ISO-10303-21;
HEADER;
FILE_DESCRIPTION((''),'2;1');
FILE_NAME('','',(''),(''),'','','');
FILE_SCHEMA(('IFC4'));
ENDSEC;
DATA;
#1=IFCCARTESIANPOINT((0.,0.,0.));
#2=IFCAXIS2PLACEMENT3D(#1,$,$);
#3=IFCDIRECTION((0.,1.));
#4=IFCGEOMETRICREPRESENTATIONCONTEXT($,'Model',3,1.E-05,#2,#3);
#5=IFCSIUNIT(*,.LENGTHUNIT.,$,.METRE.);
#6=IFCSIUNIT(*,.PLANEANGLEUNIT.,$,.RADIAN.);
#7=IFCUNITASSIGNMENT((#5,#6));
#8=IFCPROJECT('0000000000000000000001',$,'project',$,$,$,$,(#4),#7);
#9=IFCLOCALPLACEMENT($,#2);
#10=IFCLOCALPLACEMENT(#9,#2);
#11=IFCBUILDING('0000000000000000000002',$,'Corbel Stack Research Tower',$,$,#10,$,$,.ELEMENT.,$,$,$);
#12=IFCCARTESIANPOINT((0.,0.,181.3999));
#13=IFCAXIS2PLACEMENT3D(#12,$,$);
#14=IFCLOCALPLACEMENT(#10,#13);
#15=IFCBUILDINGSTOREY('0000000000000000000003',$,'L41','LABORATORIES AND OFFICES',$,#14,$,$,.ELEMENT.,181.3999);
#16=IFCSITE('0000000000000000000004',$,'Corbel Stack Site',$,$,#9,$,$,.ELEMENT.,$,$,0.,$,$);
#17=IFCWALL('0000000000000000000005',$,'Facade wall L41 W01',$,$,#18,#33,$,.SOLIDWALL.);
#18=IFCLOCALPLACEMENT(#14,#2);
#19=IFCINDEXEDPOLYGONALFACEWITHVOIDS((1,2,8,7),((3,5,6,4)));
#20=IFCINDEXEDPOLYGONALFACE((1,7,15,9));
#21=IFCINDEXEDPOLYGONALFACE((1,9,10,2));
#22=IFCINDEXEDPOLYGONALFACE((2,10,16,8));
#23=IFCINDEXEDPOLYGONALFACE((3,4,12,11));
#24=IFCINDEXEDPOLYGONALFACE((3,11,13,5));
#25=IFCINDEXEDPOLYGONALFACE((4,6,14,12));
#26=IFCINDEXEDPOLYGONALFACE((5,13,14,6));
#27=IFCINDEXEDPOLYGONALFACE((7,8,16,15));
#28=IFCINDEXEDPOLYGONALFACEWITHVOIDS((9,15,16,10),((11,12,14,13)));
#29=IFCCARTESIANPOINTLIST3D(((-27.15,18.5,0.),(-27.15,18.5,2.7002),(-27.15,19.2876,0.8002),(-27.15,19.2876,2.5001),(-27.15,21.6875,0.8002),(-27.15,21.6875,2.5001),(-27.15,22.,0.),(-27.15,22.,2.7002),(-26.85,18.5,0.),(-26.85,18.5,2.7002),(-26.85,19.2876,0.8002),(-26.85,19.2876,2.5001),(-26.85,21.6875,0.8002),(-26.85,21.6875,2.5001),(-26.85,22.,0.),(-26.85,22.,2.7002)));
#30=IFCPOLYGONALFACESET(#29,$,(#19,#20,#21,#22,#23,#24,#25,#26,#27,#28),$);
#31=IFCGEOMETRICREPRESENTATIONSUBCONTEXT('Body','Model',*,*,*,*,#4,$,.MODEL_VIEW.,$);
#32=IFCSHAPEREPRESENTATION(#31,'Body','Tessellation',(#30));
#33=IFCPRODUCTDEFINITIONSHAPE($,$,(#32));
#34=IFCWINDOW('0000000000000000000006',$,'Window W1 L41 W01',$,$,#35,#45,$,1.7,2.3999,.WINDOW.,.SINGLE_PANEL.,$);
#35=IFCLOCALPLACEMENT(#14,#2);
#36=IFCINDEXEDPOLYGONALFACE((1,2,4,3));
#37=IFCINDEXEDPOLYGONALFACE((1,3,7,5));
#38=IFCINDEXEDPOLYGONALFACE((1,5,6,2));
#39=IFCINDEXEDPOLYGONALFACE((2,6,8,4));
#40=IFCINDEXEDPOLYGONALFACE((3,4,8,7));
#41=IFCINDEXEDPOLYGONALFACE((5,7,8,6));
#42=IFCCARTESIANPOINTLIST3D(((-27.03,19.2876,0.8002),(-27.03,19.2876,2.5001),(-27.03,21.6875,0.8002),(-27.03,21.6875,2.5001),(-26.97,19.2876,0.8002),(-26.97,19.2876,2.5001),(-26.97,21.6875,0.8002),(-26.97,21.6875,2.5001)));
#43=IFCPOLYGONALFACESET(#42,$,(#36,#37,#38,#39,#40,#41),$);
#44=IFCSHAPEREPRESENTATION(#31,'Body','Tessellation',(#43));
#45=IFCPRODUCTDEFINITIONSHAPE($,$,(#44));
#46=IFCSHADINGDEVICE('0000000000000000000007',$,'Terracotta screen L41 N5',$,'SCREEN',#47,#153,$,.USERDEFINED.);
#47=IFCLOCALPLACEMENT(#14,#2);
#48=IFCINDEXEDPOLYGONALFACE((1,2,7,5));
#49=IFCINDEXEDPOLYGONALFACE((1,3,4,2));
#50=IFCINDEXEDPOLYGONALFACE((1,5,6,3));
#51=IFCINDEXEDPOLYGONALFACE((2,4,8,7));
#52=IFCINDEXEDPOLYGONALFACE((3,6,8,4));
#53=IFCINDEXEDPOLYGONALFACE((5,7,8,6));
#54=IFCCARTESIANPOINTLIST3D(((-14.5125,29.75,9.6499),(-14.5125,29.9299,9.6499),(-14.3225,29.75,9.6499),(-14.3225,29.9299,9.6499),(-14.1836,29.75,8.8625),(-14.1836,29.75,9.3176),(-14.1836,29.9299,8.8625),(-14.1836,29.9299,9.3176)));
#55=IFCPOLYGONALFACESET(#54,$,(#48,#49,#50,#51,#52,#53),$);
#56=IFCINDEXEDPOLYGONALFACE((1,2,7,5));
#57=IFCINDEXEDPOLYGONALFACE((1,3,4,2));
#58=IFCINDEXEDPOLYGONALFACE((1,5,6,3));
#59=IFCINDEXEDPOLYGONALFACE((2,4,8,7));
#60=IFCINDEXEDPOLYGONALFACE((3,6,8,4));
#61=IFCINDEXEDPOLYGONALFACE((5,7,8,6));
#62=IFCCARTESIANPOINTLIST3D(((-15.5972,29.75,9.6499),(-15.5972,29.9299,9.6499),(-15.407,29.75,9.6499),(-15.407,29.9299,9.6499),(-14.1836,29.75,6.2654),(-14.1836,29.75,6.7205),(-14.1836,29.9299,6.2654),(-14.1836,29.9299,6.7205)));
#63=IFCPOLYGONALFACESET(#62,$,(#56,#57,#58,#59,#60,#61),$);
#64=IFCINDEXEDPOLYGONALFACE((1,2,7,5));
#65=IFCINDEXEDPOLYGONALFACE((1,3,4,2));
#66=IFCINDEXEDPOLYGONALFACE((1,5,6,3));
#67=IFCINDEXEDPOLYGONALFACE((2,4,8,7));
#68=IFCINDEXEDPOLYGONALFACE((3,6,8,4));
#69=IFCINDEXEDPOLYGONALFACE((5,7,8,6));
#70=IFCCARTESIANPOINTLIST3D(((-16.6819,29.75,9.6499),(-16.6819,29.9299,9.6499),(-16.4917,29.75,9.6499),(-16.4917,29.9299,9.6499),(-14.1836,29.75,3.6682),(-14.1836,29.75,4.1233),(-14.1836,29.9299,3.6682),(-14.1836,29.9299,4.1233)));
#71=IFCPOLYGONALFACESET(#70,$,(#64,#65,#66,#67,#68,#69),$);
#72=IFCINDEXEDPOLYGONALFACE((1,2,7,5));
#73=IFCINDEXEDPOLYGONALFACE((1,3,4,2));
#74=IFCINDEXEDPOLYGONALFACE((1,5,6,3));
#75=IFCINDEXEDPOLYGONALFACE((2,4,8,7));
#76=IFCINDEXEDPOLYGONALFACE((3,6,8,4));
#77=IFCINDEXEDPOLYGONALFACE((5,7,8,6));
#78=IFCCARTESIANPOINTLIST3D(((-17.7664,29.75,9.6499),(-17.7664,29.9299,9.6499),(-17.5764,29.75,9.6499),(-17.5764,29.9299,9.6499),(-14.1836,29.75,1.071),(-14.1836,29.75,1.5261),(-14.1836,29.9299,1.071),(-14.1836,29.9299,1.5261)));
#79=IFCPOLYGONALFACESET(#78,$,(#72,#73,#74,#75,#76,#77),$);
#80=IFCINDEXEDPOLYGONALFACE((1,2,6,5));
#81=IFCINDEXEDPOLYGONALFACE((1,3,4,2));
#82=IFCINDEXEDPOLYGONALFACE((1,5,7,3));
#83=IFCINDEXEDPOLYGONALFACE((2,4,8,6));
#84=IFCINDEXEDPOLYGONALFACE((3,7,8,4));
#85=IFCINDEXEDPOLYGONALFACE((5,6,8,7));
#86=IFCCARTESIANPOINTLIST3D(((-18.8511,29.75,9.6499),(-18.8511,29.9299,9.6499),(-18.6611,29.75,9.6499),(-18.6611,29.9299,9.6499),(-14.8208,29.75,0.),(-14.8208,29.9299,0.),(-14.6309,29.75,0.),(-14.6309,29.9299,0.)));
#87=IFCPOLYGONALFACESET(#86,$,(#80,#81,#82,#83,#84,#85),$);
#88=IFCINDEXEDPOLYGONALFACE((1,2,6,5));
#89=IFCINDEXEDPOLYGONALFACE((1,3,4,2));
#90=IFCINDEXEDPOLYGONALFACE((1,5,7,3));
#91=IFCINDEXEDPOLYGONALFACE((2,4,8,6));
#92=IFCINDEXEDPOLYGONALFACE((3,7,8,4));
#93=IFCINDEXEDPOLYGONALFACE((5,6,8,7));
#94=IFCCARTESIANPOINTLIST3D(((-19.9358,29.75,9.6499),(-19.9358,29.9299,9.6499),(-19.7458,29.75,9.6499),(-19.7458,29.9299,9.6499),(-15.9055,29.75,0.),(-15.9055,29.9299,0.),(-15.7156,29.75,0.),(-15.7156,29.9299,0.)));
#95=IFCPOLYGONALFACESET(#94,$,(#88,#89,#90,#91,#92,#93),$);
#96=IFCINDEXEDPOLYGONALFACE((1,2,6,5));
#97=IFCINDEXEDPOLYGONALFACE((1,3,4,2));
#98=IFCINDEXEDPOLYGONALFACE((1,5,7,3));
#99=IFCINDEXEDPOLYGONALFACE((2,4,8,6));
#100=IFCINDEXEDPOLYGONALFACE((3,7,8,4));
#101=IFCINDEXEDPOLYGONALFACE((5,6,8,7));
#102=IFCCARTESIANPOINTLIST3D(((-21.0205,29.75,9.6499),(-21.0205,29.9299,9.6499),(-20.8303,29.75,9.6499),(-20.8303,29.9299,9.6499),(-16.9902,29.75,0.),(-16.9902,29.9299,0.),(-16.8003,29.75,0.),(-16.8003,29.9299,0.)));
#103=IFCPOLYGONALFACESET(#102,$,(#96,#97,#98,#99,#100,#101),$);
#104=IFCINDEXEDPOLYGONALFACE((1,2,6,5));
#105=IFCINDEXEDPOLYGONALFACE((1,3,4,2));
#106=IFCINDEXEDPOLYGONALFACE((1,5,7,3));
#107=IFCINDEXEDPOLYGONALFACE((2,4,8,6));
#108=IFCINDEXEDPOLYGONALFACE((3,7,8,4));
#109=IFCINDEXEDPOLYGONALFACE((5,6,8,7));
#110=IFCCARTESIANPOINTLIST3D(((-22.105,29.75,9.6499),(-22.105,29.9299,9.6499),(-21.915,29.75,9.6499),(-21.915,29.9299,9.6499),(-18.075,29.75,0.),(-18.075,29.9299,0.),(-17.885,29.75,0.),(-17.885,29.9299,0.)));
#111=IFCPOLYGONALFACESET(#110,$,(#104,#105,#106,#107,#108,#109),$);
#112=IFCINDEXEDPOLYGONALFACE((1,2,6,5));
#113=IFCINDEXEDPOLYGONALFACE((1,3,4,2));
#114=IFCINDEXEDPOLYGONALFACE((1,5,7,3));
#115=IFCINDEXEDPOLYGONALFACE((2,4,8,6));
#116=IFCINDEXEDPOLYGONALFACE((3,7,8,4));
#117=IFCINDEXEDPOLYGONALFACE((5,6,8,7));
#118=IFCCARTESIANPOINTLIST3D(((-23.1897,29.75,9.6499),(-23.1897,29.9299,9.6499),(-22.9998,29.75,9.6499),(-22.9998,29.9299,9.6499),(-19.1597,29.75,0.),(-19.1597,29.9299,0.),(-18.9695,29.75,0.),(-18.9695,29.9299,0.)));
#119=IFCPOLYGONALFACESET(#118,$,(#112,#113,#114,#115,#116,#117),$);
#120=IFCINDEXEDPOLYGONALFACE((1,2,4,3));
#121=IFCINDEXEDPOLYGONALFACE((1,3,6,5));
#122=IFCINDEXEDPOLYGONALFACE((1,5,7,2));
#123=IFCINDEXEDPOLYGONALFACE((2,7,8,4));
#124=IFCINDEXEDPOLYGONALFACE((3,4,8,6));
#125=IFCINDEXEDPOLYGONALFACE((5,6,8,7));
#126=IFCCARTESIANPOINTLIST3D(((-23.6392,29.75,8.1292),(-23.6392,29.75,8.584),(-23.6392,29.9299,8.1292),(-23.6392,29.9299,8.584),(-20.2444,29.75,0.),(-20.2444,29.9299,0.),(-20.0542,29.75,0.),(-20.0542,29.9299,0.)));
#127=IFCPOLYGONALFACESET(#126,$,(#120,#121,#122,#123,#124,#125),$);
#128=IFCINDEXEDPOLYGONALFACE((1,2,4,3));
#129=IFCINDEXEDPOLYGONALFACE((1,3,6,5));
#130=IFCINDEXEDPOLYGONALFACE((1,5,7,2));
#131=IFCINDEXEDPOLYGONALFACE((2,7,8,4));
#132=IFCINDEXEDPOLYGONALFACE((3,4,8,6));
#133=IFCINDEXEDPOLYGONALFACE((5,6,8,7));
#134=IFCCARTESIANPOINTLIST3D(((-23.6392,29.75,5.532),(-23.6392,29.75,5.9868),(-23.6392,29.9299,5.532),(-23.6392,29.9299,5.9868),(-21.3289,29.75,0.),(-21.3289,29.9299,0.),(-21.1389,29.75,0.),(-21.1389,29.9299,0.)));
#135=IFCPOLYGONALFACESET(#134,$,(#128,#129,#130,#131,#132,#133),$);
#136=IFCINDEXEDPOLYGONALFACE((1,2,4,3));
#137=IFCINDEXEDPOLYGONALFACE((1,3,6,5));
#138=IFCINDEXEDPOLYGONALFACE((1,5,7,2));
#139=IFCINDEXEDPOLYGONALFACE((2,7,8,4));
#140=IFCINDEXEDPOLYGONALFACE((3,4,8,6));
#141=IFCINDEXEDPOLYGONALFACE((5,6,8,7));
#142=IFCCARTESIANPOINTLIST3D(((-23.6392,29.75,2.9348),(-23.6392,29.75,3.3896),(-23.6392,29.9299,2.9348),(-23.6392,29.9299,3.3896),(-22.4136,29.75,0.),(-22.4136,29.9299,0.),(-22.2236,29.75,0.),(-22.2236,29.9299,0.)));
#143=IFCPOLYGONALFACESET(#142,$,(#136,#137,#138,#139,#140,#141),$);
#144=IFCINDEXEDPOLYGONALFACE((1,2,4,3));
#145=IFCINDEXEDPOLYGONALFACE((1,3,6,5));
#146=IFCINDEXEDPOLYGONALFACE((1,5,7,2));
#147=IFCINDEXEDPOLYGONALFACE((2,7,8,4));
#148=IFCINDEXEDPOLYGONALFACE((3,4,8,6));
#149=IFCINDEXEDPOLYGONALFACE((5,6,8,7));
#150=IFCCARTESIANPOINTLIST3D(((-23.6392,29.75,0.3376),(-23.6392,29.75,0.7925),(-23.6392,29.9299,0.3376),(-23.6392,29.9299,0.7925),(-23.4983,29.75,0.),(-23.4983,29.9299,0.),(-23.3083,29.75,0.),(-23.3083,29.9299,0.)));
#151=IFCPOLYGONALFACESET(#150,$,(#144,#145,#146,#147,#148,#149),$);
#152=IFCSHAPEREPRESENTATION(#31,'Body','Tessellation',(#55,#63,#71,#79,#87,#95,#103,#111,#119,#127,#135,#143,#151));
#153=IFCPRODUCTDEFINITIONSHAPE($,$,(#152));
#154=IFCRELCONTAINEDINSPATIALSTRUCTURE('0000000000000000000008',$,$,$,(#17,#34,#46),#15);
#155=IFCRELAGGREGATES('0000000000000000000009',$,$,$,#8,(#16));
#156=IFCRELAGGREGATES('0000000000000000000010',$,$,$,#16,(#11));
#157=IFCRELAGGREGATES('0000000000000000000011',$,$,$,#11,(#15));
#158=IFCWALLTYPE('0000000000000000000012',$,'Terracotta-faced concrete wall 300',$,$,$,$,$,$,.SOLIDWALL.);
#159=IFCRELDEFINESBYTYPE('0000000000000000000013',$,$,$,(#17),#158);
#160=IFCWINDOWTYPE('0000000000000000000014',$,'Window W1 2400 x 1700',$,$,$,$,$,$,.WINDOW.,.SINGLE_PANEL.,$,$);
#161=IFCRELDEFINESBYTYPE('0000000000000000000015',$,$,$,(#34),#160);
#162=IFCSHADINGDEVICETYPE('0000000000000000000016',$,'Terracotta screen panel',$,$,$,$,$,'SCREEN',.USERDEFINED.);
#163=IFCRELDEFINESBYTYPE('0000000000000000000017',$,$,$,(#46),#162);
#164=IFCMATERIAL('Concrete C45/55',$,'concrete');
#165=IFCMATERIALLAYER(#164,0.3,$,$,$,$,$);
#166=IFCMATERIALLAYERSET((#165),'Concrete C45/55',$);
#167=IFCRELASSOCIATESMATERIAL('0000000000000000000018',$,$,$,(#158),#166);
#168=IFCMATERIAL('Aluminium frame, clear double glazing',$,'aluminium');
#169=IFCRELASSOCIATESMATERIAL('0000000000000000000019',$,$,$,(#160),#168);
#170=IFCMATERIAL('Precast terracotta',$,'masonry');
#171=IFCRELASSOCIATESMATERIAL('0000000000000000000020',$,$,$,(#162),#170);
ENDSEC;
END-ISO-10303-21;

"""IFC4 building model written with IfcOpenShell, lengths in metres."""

from ifc_helpers import new_model, si_unit, direction, frame, frame_2d, origin, place, context, subcontext, project, spatial, polyline, rectangle, outline, extrude, source, transform, mapped, material, layer, layer_set, type_object, element, fill, save


model = new_model("IFC4")

# Units and contexts
model_context = context("Model", 3, precision=1e-05, world=origin(), true_north=direction((0.0, 1.0)))
body_context = subcontext(model_context, "Body", "Model", "MODEL_VIEW")
ifc_project = project(units=[si_unit("LENGTHUNIT", "METRE"), si_unit("PLANEANGLEUNIT", "RADIAN")], contexts=[model_context])

# Site, building, storey
site_placement = place(None, origin())
site = spatial("IfcSite", under=ifc_project, at=site_placement, Name="Corbel Stack Site", CompositionType="ELEMENT", RefElevation=0.0)
building_placement = place(site_placement, origin())
building = spatial("IfcBuilding", under=site, at=building_placement, Name="Corbel Stack Research Tower", CompositionType="ELEMENT")
storey_placement = place(building_placement, frame((0.0, 0.0, 181.3999)))
storey = spatial("IfcBuildingStorey", under=building, at=storey_placement, Name="L41", Description="LABORATORIES AND OFFICES", CompositionType="ELEMENT", Elevation=181.3999)

# Shared definitions
ifc_material_1 = material(Name="Concrete C45/55", Category="concrete")
ifc_layer_1 = layer(ifc_material_1, 0.3)
ifc_layer_set_1 = layer_set([ifc_layer_1], Name="Concrete C45/55")
wall_type_1 = type_object("IfcWallType", Name="Terracotta-faced concrete wall 300", PredefinedType="SOLIDWALL", material=ifc_layer_set_1)

# Shared definitions
ifc_material_2 = material(Name="Aluminium frame, clear double glazing", Category="aluminium")
window_type = type_object("IfcWindowType", Name="Window W1 2400 x 1700", PartitioningType="SINGLE_PANEL", PredefinedType="WINDOW", material=ifc_material_2)

# Wall, opening, window
wall_1_placement = place(storey_placement, frame((-27.0, 18.5, 0.0), z_axis=(0.0, 0.0, 1.0), x_axis=(0.0, 1.0, 0.0)))
wall_1 = element("IfcWall", 1, at=wall_1_placement, inside=storey, type_object=wall_type_1, Name="Facade wall L41 W01", PredefinedType="SOLIDWALL", context=body_context, shape_type="SweptSolid", body=[
    extrude(rectangle(XDim=3.5, YDim=0.3, at=frame_2d((1.75, 0.0))), origin(), (0.0, 0.0, 1.0), 2.7002),
])
opening_1_placement = place(wall_1_placement, frame((0.7876, 0.0, 0.8)))
opening_1 = element("IfcOpeningElement", 2, at=opening_1_placement, cuts=wall_1, PredefinedType="OPENING", context=body_context, shape_type="SweptSolid", body=[
    extrude(rectangle(XDim=2.3999, YDim=1.7, at=frame_2d((1.2, 0.8501))), frame((0.0, 0.1599, 0.0), z_axis=(0.0, -1.0, 0.0), x_axis=(1.0, 0.0, 0.0)), (0.0, 0.0, 1.0), 0.3201),
])
window_1_placement = place(opening_1_placement, origin())
window_1 = element("IfcWindow", 3, at=window_1_placement, inside=storey, type_object=window_type, Name="Window W1 L41 W01", OverallHeight=1.7, OverallWidth=2.3999, PartitioningType="SINGLE_PANEL", PredefinedType="WINDOW", context=body_context, shape_type="SweptSolid", body=[
    extrude(rectangle(XDim=2.3999, YDim=1.7, at=frame_2d((1.2, 0.8501))), frame((0.0, 0.03, 0.0), z_axis=(0.0, -1.0, 0.0), x_axis=(1.0, 0.0, 0.0)), (0.0, 0.0, 1.0), 0.0601),
])
fill(opening_1, window_1)

# Shading device
ifc_material_3 = material(Name="Precast terracotta", Category="masonry")
shading_device_type = type_object("IfcShadingDeviceType", Name="Terracotta screen panel", ElementType="SCREEN", PredefinedType="USERDEFINED", material=ifc_material_3)
shared_shape_1 = source(origin(), body_context, "Body", "SweptSolid", [
    extrude(outline(polyline([(0.3289, 9.6499), (0.1389, 9.6499), (0.0, 9.3176), (0.0, 8.8625), (0.3289, 9.6499)])), frame((0.0, 0.0, 0.0), z_axis=(0.0, -1.0, 0.0), x_axis=(1.0, 0.0, 0.0)), (0.0, 0.0, 1.0), 0.1799),
    extrude(outline(polyline([(1.4136, 9.6499), (1.2234, 9.6499), (0.0, 6.7205), (0.0, 6.2654), (1.4136, 9.6499)])), frame((0.0, 0.0, 0.0), z_axis=(0.0, -1.0, 0.0), x_axis=(1.0, 0.0, 0.0)), (0.0, 0.0, 1.0), 0.1799),
    extrude(outline(polyline([(2.4983, 9.6499), (2.3081, 9.6499), (0.0, 4.1233), (0.0, 3.6682), (2.4983, 9.6499)])), frame((0.0, 0.0, 0.0), z_axis=(0.0, -1.0, 0.0), x_axis=(1.0, 0.0, 0.0)), (0.0, 0.0, 1.0), 0.1799),
    extrude(outline(polyline([(3.5828, 9.6499), (3.3928, 9.6499), (0.0, 1.5261), (0.0, 1.071), (3.5828, 9.6499)])), frame((0.0, 0.0, 0.0), z_axis=(0.0, -1.0, 0.0), x_axis=(1.0, 0.0, 0.0)), (0.0, 0.0, 1.0), 0.1799),
    extrude(outline(polyline([(0.6372, 0.0), (4.6675, 9.6499), (4.4775, 9.6499), (0.4473, 0.0), (0.6372, 0.0)])), frame((0.0, 0.0, 0.0), z_axis=(0.0, -1.0, 0.0), x_axis=(1.0, 0.0, 0.0)), (0.0, 0.0, 1.0), 0.1799),
    extrude(outline(polyline([(1.7219, 0.0), (5.7522, 9.6499), (5.5623, 9.6499), (1.532, 0.0), (1.7219, 0.0)])), frame((0.0, 0.0, 0.0), z_axis=(0.0, -1.0, 0.0), x_axis=(1.0, 0.0, 0.0)), (0.0, 0.0, 1.0), 0.1799),
    extrude(outline(polyline([(2.8066, 0.0), (6.8369, 9.6499), (6.6467, 9.6499), (2.6167, 0.0), (2.8066, 0.0)])), frame((0.0, 0.0, 0.0), z_axis=(0.0, -1.0, 0.0), x_axis=(1.0, 0.0, 0.0)), (0.0, 0.0, 1.0), 0.1799),
    extrude(outline(polyline([(3.8914, 0.0), (7.9214, 9.6499), (7.7314, 9.6499), (3.7014, 0.0), (3.8914, 0.0)])), frame((0.0, 0.0, 0.0), z_axis=(0.0, -1.0, 0.0), x_axis=(1.0, 0.0, 0.0)), (0.0, 0.0, 1.0), 0.1799),
    extrude(outline(polyline([(4.9761, 0.0), (9.0061, 9.6499), (8.8162, 9.6499), (4.7859, 0.0), (4.9761, 0.0)])), frame((0.0, 0.0, 0.0), z_axis=(0.0, -1.0, 0.0), x_axis=(1.0, 0.0, 0.0)), (0.0, 0.0, 1.0), 0.1799),
    extrude(outline(polyline([(6.0608, 0.0), (9.4556, 8.1292), (9.4556, 8.584), (5.8706, 0.0), (6.0608, 0.0)])), frame((0.0, 0.0, 0.0), z_axis=(0.0, -1.0, 0.0), x_axis=(1.0, 0.0, 0.0)), (0.0, 0.0, 1.0), 0.1799),
    extrude(outline(polyline([(7.1453, 0.0), (9.4556, 5.532), (9.4556, 5.9868), (6.9553, 0.0), (7.1453, 0.0)])), frame((0.0, 0.0, 0.0), z_axis=(0.0, -1.0, 0.0), x_axis=(1.0, 0.0, 0.0)), (0.0, 0.0, 1.0), 0.1799),
    extrude(outline(polyline([(8.23, 0.0), (9.4556, 2.9348), (9.4556, 3.3896), (8.04, 0.0), (8.23, 0.0)])), frame((0.0, 0.0, 0.0), z_axis=(0.0, -1.0, 0.0), x_axis=(1.0, 0.0, 0.0)), (0.0, 0.0, 1.0), 0.1799),
    extrude(outline(polyline([(9.3147, 0.0), (9.4556, 0.3376), (9.4556, 0.7925), (9.1248, 0.0), (9.3147, 0.0)])), frame((0.0, 0.0, 0.0), z_axis=(0.0, -1.0, 0.0), x_axis=(1.0, 0.0, 0.0)), (0.0, 0.0, 1.0), 0.1799),
])
shading_device_1_placement = place(storey_placement, frame((-14.1836, 29.75, 0.0), z_axis=(0.0, 0.0, 1.0), x_axis=(-1.0, 0.0, 0.0)))
element("IfcShadingDevice", 4, at=shading_device_1_placement, inside=storey, type_object=shading_device_type, Name="Terracotta screen L41 N5", ObjectType="SCREEN", PredefinedType="USERDEFINED", context=body_context, shape_type="MappedRepresentation", body=[
    mapped(shared_shape_1, transform((0.0, 0.0, 0.0))),
])

save(model, "model.ifc")
